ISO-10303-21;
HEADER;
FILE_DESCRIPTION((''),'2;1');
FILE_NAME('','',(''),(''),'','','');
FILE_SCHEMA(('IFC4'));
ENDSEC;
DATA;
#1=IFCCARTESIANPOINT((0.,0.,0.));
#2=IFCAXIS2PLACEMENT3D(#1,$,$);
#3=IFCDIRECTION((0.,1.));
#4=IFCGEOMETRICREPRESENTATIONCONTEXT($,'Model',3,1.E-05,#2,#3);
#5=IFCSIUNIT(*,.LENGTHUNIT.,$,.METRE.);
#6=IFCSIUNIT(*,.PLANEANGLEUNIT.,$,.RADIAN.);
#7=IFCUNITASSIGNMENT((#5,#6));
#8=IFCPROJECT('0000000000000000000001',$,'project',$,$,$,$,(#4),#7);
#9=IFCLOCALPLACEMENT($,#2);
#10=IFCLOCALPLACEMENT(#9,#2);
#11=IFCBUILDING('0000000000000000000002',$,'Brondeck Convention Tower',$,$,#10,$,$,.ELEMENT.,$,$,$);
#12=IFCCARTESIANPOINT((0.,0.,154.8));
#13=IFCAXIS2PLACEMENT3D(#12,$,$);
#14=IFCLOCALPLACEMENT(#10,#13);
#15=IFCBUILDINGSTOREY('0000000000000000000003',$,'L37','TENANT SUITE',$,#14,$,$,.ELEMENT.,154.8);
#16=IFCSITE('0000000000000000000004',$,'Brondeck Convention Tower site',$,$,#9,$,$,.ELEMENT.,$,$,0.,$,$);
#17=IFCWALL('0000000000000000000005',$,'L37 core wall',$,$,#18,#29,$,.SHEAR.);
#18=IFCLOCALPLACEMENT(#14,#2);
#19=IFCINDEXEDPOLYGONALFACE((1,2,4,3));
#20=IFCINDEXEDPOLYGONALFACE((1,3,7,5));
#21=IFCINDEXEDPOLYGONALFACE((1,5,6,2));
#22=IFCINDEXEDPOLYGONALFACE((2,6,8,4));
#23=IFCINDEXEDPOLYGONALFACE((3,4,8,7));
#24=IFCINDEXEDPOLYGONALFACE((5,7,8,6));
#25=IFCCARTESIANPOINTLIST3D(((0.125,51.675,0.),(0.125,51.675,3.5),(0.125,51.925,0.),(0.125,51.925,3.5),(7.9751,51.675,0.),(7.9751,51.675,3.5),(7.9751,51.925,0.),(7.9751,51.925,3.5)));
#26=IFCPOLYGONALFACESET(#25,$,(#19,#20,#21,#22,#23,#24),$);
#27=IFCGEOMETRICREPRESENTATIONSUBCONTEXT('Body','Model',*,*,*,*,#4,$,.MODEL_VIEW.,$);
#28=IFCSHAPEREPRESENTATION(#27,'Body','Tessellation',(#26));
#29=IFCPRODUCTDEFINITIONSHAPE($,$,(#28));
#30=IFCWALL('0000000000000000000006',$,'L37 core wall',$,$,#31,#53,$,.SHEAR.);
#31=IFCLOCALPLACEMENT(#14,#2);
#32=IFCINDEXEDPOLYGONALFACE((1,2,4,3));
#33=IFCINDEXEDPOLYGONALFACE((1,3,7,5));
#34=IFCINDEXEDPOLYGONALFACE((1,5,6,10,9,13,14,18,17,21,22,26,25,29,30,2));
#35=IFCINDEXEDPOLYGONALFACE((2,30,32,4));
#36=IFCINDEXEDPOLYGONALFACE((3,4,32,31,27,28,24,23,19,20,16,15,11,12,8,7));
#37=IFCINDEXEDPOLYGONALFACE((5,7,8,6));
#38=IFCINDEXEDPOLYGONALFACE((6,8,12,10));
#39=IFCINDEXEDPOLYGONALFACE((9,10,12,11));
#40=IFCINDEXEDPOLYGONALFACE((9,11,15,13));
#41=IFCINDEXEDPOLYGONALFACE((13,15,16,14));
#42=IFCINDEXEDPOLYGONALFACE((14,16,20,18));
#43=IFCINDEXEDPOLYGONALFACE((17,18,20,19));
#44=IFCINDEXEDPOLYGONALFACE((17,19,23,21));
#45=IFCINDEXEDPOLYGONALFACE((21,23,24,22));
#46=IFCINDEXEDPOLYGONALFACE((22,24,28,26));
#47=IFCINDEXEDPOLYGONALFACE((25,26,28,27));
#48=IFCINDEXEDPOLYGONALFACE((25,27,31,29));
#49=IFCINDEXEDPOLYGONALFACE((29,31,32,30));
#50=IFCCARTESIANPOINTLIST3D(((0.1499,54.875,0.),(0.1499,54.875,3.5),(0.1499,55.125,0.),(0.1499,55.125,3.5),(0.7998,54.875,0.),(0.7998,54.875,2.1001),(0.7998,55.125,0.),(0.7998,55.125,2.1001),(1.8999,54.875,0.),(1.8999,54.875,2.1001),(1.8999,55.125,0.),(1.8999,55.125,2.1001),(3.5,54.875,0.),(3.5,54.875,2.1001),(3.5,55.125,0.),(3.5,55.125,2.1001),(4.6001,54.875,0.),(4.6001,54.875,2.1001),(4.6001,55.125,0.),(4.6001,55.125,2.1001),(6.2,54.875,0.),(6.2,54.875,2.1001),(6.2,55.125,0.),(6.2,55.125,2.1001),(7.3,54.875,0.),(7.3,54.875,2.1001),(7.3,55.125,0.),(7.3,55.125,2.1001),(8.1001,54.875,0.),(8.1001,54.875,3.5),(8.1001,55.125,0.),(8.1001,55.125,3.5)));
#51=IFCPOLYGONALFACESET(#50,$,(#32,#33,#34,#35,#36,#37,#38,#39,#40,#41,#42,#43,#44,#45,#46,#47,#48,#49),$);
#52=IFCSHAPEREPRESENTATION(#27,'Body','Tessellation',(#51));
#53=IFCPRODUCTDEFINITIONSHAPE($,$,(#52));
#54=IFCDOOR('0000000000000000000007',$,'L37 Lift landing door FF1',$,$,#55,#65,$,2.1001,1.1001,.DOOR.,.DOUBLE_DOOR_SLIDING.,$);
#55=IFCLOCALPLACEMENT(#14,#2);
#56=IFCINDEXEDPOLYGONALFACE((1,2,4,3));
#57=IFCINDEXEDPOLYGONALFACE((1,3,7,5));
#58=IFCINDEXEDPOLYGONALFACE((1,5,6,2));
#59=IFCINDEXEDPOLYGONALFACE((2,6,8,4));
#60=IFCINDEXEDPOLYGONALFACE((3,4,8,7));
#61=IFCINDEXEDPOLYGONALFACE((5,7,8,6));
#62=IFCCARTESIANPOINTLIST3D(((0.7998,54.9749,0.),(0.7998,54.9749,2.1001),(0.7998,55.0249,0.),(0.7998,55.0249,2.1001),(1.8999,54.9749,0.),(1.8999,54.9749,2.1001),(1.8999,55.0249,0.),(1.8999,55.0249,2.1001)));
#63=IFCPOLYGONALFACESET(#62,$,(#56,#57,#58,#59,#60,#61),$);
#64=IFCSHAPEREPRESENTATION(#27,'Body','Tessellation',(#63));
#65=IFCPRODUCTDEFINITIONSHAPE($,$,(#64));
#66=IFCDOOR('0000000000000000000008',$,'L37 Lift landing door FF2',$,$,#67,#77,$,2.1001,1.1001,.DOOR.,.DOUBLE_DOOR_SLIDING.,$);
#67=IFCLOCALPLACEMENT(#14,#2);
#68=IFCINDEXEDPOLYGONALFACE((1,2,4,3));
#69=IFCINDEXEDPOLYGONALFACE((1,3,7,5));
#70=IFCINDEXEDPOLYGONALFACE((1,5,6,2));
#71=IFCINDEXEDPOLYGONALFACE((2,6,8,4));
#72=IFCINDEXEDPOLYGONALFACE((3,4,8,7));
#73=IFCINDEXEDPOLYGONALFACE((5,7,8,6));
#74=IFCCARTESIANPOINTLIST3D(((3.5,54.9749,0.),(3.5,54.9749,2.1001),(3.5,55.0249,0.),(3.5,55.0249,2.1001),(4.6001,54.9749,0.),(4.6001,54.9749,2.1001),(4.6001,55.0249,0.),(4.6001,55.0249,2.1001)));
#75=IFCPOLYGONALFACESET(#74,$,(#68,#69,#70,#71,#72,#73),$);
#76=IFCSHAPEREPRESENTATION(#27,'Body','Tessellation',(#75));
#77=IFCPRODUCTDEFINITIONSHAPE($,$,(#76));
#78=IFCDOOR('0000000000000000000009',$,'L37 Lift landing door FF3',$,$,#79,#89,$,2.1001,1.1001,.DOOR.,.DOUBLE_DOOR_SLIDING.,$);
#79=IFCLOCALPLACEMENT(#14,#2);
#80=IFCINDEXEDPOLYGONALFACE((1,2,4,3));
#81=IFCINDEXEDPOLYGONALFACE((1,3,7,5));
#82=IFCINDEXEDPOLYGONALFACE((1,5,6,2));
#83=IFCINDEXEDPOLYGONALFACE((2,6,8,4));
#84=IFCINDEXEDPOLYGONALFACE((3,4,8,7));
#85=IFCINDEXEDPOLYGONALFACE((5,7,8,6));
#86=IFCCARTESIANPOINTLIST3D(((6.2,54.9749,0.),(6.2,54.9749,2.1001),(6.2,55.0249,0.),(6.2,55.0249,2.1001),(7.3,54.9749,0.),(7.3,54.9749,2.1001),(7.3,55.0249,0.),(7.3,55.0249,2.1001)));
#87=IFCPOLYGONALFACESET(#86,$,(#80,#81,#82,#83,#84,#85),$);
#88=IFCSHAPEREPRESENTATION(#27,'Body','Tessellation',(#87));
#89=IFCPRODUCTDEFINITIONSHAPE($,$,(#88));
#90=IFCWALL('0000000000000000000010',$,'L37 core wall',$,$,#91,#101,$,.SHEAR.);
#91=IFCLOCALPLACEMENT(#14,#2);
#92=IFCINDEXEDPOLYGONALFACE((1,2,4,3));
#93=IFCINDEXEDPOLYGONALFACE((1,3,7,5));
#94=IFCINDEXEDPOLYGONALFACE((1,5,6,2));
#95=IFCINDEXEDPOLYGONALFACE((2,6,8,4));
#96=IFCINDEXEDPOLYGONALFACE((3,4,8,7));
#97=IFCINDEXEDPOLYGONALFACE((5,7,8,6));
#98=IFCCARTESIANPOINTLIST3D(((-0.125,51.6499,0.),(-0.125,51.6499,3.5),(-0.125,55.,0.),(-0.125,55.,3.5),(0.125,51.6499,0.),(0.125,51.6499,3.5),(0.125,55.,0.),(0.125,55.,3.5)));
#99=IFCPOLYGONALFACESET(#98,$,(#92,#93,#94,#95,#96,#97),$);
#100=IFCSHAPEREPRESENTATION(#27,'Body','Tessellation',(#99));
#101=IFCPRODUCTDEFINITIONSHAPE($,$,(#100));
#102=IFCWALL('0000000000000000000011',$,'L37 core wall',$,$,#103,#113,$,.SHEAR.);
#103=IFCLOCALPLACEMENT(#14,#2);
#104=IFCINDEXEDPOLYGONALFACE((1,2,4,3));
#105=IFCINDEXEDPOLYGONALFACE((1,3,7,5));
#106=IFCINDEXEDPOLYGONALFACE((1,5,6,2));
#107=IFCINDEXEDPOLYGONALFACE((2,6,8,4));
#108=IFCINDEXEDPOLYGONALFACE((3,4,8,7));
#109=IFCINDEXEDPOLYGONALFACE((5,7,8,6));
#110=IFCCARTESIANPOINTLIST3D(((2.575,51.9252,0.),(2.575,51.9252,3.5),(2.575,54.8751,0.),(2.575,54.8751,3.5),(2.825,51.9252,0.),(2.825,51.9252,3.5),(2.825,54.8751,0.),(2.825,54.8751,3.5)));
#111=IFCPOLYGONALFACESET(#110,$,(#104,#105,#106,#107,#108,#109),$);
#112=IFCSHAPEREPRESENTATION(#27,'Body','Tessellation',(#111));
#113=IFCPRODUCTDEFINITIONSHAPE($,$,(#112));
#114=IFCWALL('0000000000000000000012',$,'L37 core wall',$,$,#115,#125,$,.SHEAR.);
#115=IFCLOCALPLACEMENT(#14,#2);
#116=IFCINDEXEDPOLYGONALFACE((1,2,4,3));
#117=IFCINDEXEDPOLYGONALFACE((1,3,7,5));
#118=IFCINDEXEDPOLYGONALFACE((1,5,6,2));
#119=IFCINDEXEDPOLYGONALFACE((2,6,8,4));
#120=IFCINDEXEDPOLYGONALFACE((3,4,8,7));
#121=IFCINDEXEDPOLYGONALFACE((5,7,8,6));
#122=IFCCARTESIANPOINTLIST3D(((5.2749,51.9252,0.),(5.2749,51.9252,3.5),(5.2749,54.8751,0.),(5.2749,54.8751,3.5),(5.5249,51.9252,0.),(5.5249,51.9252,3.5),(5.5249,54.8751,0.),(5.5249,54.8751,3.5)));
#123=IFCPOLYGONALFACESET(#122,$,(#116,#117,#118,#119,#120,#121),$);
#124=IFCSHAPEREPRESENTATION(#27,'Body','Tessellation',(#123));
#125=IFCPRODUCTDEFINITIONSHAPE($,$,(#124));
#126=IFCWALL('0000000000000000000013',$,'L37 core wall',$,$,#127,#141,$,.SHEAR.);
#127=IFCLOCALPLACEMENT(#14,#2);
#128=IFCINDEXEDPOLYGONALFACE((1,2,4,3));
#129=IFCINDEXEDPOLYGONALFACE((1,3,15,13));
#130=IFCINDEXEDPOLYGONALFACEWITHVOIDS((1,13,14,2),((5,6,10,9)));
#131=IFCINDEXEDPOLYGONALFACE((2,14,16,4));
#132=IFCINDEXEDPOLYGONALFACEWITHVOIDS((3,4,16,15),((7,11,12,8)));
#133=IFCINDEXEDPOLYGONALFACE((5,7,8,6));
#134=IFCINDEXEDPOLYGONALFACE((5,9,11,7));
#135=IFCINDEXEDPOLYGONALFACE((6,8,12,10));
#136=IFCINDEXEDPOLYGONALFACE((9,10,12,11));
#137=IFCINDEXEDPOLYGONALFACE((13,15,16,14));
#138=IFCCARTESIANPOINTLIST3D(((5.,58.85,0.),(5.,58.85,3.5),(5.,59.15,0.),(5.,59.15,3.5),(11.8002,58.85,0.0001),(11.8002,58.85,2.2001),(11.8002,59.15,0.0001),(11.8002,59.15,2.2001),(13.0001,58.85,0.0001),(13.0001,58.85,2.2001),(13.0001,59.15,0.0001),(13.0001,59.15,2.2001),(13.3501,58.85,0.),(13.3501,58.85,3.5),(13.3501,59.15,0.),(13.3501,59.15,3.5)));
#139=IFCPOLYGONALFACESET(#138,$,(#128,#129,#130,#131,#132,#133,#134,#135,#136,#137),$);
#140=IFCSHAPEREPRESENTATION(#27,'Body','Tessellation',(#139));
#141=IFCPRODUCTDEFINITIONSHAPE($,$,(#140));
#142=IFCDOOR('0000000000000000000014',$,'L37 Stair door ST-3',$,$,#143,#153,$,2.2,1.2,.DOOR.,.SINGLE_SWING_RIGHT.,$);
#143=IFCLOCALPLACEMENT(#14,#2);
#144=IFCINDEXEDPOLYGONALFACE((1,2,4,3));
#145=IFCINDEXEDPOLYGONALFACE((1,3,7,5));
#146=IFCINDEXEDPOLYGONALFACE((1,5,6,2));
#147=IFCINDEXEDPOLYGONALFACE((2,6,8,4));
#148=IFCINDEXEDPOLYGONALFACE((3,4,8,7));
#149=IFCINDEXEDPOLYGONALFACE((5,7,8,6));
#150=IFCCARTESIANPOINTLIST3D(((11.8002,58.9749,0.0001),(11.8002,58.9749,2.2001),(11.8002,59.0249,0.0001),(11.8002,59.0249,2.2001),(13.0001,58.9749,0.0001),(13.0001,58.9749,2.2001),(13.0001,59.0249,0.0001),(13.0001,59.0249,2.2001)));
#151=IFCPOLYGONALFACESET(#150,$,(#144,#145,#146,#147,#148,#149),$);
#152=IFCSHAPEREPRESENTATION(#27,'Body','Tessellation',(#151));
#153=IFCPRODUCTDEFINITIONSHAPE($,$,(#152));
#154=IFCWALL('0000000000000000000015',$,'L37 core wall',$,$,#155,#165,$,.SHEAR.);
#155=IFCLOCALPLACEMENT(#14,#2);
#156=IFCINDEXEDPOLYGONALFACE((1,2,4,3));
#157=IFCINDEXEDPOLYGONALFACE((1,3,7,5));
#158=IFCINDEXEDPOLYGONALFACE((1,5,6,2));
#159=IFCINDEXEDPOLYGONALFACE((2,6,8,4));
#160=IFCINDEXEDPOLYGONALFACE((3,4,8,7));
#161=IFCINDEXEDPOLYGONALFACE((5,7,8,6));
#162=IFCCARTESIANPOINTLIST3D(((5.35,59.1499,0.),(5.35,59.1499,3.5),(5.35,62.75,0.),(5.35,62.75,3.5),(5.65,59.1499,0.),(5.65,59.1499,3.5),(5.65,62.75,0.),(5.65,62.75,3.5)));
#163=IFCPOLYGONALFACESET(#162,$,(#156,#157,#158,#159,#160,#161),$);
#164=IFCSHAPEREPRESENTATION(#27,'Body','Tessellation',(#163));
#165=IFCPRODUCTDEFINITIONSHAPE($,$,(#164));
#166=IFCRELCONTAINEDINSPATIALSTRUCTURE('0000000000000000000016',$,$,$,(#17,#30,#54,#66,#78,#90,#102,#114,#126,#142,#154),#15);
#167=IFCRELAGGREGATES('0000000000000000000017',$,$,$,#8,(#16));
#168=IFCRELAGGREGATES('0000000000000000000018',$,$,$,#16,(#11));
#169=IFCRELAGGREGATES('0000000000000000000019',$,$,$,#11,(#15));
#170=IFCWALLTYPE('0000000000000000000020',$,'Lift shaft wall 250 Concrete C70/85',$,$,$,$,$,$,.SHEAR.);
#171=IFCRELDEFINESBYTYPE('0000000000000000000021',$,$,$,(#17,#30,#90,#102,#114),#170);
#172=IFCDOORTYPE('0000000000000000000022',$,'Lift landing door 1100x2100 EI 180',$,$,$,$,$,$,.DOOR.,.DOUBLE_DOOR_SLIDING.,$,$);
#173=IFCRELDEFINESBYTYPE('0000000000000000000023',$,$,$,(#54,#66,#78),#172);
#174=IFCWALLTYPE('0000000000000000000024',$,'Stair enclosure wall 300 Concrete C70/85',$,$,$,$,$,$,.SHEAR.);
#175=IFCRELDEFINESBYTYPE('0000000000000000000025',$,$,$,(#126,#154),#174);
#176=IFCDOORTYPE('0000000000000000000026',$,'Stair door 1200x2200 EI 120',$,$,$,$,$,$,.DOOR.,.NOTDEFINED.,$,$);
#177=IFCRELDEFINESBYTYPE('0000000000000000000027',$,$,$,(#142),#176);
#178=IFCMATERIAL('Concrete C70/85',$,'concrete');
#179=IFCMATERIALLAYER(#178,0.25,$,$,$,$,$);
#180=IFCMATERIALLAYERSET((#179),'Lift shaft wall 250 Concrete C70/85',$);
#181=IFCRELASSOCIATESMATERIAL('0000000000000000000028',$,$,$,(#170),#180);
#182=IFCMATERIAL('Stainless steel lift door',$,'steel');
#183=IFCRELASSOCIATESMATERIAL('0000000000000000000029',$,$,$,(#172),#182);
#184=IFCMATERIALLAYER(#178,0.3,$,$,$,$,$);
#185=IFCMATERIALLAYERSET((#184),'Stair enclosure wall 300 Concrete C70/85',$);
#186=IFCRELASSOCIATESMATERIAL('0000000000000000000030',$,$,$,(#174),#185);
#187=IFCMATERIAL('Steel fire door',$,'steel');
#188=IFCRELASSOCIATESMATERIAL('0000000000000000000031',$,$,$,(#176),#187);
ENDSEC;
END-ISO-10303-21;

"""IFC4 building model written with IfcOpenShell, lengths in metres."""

from ifc_helpers import new_model, si_unit, direction, frame, frame_2d, origin, place, context, subcontext, project, spatial, rectangle, extrude, material, layer, layer_set, type_object, element, fill, save


model = new_model("IFC4")

# Units and contexts
model_context = context("Model", 3, precision=1e-05, world=origin(), true_north=direction((0.0, 1.0)))
body_context = subcontext(model_context, "Body", "Model", "MODEL_VIEW")
ifc_project = project(units=[si_unit("LENGTHUNIT", "METRE"), si_unit("PLANEANGLEUNIT", "RADIAN")], contexts=[model_context])

# Site, building, storey
site_placement = place(None, origin())
site = spatial("IfcSite", under=ifc_project, at=site_placement, Name="Brondeck Convention Tower site", CompositionType="ELEMENT", RefElevation=0.0)
building_placement = place(site_placement, origin())
building = spatial("IfcBuilding", under=site, at=building_placement, Name="Brondeck Convention Tower", CompositionType="ELEMENT")
storey_placement = place(building_placement, frame((0.0, 0.0, 154.8)))
storey = spatial("IfcBuildingStorey", under=building, at=storey_placement, Name="L37", Description="TENANT SUITE", CompositionType="ELEMENT", Elevation=154.8)

# Shared definitions
ifc_material_1 = material(Name="Concrete C70/85", Category="concrete")

# Wall
ifc_layer_1 = layer(ifc_material_1, 0.25)
ifc_layer_set_1 = layer_set([ifc_layer_1], Name="Lift shaft wall 250 Concrete C70/85")
wall_type_1 = type_object("IfcWallType", Name="Lift shaft wall 250 Concrete C70/85", PredefinedType="SHEAR", material=ifc_layer_set_1)
for number, where, z_axis, x_axis, name in (
    (1, (0.125, 51.8, 0.0), (0.0, 0.0, 1.0), (1.0, 0.0, 0.0), "L37 core wall"),
):
    element("IfcWall", number, at=place(storey_placement, frame(where, z_axis=z_axis, x_axis=x_axis)), inside=storey, type_object=wall_type_1, Name=name, PredefinedType="SHEAR", context=body_context, shape_type="SweptSolid", body=[
        extrude(rectangle(XDim=7.8501, YDim=0.25, at=frame_2d((3.925, 0.0))), origin(), (0.0, 0.0, 1.0), 3.5),
    ])

# Wall, openings, doors
wall_1_placement = place(storey_placement, frame((0.1499, 55.0, 0.0), z_axis=(0.0, 0.0, 1.0), x_axis=(1.0, 0.0, 0.0)))
wall_1 = element("IfcWall", 2, at=wall_1_placement, inside=storey, type_object=wall_type_1, Name="L37 core wall", PredefinedType="SHEAR", context=body_context, shape_type="SweptSolid", body=[
    extrude(rectangle(XDim=7.9502, YDim=0.25, at=frame_2d((3.9751, 0.0))), origin(), (0.0, 0.0, 1.0), 3.5),
])
opening_1_placement = place(wall_1_placement, frame((0.6499, 0.0, 0.0)))
opening_1 = element("IfcOpeningElement", 3, at=opening_1_placement, cuts=wall_1, PredefinedType="OPENING", context=body_context, shape_type="SweptSolid", body=[
    extrude(rectangle(XDim=1.1001, YDim=2.1001, at=frame_2d((0.55, 1.05))), frame((0.0, 0.135, 0.0), z_axis=(0.0, -1.0, 0.0), x_axis=(1.0, 0.0, 0.0)), (0.0, 0.0, 1.0), 0.27),
])
opening_2_placement = place(wall_1_placement, frame((3.3501, 0.0, 0.0)))
opening_2 = element("IfcOpeningElement", 4, at=opening_2_placement, cuts=wall_1, PredefinedType="OPENING", context=body_context, shape_type="SweptSolid", body=[
    extrude(rectangle(XDim=1.1001, YDim=2.1001, at=frame_2d((0.55, 1.05))), frame((0.0, 0.135, 0.0), z_axis=(0.0, -1.0, 0.0), x_axis=(1.0, 0.0, 0.0)), (0.0, 0.0, 1.0), 0.27),
])
opening_3_placement = place(wall_1_placement, frame((6.05, 0.0, 0.0)))
opening_3 = element("IfcOpeningElement", 5, at=opening_3_placement, cuts=wall_1, PredefinedType="OPENING", context=body_context, shape_type="SweptSolid", body=[
    extrude(rectangle(XDim=1.1001, YDim=2.1001, at=frame_2d((0.55, 1.05))), frame((0.0, 0.135, 0.0), z_axis=(0.0, -1.0, 0.0), x_axis=(1.0, 0.0, 0.0)), (0.0, 0.0, 1.0), 0.27),
])
ifc_material_2 = material(Name="Stainless steel lift door", Category="steel")
door_type_1 = type_object("IfcDoorType", Name="Lift landing door 1100x2100 EI 180", OperationType="DOUBLE_DOOR_SLIDING", PredefinedType="DOOR", material=ifc_material_2)
door_1_placement = place(opening_1_placement, origin())
door_1 = element("IfcDoor", 6, at=door_1_placement, inside=storey, type_object=door_type_1, Name="L37 Lift landing door FF1", OperationType="DOUBLE_DOOR_SLIDING", OverallHeight=2.1001, OverallWidth=1.1001, PredefinedType="DOOR", context=body_context, shape_type="SweptSolid", body=[
    extrude(rectangle(XDim=1.1001, YDim=2.1001, at=frame_2d((0.55, 1.05))), frame((0.0, 0.0249, 0.0), z_axis=(0.0, -1.0, 0.0), x_axis=(1.0, 0.0, 0.0)), (0.0, 0.0, 1.0), 0.05),
])
fill(opening_1, door_1)
door_2_placement = place(opening_2_placement, origin())
door_2 = element("IfcDoor", 7, at=door_2_placement, inside=storey, type_object=door_type_1, Name="L37 Lift landing door FF2", OperationType="DOUBLE_DOOR_SLIDING", OverallHeight=2.1001, OverallWidth=1.1001, PredefinedType="DOOR", context=body_context, shape_type="SweptSolid", body=[
    extrude(rectangle(XDim=1.1001, YDim=2.1001, at=frame_2d((0.55, 1.05))), frame((0.0, 0.0249, 0.0), z_axis=(0.0, -1.0, 0.0), x_axis=(1.0, 0.0, 0.0)), (0.0, 0.0, 1.0), 0.05),
])
fill(opening_2, door_2)
door_3_placement = place(opening_3_placement, origin())
door_3 = element("IfcDoor", 8, at=door_3_placement, inside=storey, type_object=door_type_1, Name="L37 Lift landing door FF3", OperationType="DOUBLE_DOOR_SLIDING", OverallHeight=2.1001, OverallWidth=1.1001, PredefinedType="DOOR", context=body_context, shape_type="SweptSolid", body=[
    extrude(rectangle(XDim=1.1001, YDim=2.1001, at=frame_2d((0.55, 1.05))), frame((0.0, 0.0249, 0.0), z_axis=(0.0, -1.0, 0.0), x_axis=(1.0, 0.0, 0.0)), (0.0, 0.0, 1.0), 0.05),
])
fill(opening_3, door_3)

# Walls
wall_2_placement = place(storey_placement, frame((0.0, 51.6499, 0.0), z_axis=(0.0, 0.0, 1.0), x_axis=(0.0, 1.0, 0.0)))
element("IfcWall", 9, at=wall_2_placement, inside=storey, type_object=wall_type_1, Name="L37 core wall", PredefinedType="SHEAR", context=body_context, shape_type="SweptSolid", body=[
    extrude(rectangle(XDim=3.3501, YDim=0.25, at=frame_2d((1.675, 0.0))), origin(), (0.0, 0.0, 1.0), 3.5),
])
for number, where, z_axis, x_axis, name in (
    (10, (2.7, 51.925, 0.0), (0.0, 0.0, 1.0), (0.0, 1.0, 0.0), "L37 core wall"),
    (11, (5.3999, 51.925, 0.0), (0.0, 0.0, 1.0), (0.0, 1.0, 0.0), "L37 core wall"),
):
    element("IfcWall", number, at=place(storey_placement, frame(where, z_axis=z_axis, x_axis=x_axis)), inside=storey, type_object=wall_type_1, Name=name, PredefinedType="SHEAR", context=body_context, shape_type="SweptSolid", body=[
        extrude(rectangle(XDim=2.95, YDim=0.25, at=frame_2d((1.4751, 0.0))), origin(), (0.0, 0.0, 1.0), 3.5),
    ])

# Wall, opening, door
ifc_layer_2 = layer(ifc_material_1, 0.3)
ifc_layer_set_2 = layer_set([ifc_layer_2], Name="Stair enclosure wall 300 Concrete C70/85")
wall_type_2 = type_object("IfcWallType", Name="Stair enclosure wall 300 Concrete C70/85", PredefinedType="SHEAR", material=ifc_layer_set_2)
wall_3_placement = place(storey_placement, frame((5.0, 59.0, 0.0), z_axis=(0.0, 0.0, 1.0), x_axis=(1.0, 0.0, 0.0)))
wall_3 = element("IfcWall", 12, at=wall_3_placement, inside=storey, type_object=wall_type_2, Name="L37 core wall", PredefinedType="SHEAR", context=body_context, shape_type="SweptSolid", body=[
    extrude(rectangle(XDim=8.3501, YDim=0.3, at=frame_2d((4.175, 0.0))), origin(), (0.0, 0.0, 1.0), 3.5),
])
opening_4_placement = place(wall_3_placement, frame((6.8, 0.0, 0.0)))
opening_4 = element("IfcOpeningElement", 13, at=opening_4_placement, cuts=wall_3, PredefinedType="OPENING", context=body_context, shape_type="SweptSolid", body=[
    extrude(rectangle(XDim=1.2, YDim=2.2, at=frame_2d((0.6001, 1.1001))), frame((0.0, 0.1599, 0.0), z_axis=(0.0, -1.0, 0.0), x_axis=(1.0, 0.0, 0.0)), (0.0, 0.0, 1.0), 0.3201),
])
ifc_material_3 = material(Name="Steel fire door", Category="steel")
door_type_2 = type_object("IfcDoorType", Name="Stair door 1200x2200 EI 120", OperationType="NOTDEFINED", PredefinedType="DOOR", material=ifc_material_3)
door_4_placement = place(opening_4_placement, origin())
door_4 = element("IfcDoor", 14, at=door_4_placement, inside=storey, type_object=door_type_2, Name="L37 Stair door ST-3", OperationType="SINGLE_SWING_RIGHT", OverallHeight=2.2, OverallWidth=1.2, PredefinedType="DOOR", context=body_context, shape_type="SweptSolid", body=[
    extrude(rectangle(XDim=1.2, YDim=2.2, at=frame_2d((0.6001, 1.1001))), frame((0.0, 0.0249, 0.0), z_axis=(0.0, -1.0, 0.0), x_axis=(1.0, 0.0, 0.0)), (0.0, 0.0, 1.0), 0.05),
])
fill(opening_4, door_4)

# Wall
wall_4_placement = place(storey_placement, frame((5.5, 59.1499, 0.0), z_axis=(0.0, 0.0, 1.0), x_axis=(0.0, 1.0, 0.0)))
element("IfcWall", 15, at=wall_4_placement, inside=storey, type_object=wall_type_2, Name="L37 core wall", PredefinedType="SHEAR", context=body_context, shape_type="SweptSolid", body=[
    extrude(rectangle(XDim=3.6001, YDim=0.3, at=frame_2d((1.8, 0.0))), origin(), (0.0, 0.0, 1.0), 3.5),
])

save(model, "model.ifc")
